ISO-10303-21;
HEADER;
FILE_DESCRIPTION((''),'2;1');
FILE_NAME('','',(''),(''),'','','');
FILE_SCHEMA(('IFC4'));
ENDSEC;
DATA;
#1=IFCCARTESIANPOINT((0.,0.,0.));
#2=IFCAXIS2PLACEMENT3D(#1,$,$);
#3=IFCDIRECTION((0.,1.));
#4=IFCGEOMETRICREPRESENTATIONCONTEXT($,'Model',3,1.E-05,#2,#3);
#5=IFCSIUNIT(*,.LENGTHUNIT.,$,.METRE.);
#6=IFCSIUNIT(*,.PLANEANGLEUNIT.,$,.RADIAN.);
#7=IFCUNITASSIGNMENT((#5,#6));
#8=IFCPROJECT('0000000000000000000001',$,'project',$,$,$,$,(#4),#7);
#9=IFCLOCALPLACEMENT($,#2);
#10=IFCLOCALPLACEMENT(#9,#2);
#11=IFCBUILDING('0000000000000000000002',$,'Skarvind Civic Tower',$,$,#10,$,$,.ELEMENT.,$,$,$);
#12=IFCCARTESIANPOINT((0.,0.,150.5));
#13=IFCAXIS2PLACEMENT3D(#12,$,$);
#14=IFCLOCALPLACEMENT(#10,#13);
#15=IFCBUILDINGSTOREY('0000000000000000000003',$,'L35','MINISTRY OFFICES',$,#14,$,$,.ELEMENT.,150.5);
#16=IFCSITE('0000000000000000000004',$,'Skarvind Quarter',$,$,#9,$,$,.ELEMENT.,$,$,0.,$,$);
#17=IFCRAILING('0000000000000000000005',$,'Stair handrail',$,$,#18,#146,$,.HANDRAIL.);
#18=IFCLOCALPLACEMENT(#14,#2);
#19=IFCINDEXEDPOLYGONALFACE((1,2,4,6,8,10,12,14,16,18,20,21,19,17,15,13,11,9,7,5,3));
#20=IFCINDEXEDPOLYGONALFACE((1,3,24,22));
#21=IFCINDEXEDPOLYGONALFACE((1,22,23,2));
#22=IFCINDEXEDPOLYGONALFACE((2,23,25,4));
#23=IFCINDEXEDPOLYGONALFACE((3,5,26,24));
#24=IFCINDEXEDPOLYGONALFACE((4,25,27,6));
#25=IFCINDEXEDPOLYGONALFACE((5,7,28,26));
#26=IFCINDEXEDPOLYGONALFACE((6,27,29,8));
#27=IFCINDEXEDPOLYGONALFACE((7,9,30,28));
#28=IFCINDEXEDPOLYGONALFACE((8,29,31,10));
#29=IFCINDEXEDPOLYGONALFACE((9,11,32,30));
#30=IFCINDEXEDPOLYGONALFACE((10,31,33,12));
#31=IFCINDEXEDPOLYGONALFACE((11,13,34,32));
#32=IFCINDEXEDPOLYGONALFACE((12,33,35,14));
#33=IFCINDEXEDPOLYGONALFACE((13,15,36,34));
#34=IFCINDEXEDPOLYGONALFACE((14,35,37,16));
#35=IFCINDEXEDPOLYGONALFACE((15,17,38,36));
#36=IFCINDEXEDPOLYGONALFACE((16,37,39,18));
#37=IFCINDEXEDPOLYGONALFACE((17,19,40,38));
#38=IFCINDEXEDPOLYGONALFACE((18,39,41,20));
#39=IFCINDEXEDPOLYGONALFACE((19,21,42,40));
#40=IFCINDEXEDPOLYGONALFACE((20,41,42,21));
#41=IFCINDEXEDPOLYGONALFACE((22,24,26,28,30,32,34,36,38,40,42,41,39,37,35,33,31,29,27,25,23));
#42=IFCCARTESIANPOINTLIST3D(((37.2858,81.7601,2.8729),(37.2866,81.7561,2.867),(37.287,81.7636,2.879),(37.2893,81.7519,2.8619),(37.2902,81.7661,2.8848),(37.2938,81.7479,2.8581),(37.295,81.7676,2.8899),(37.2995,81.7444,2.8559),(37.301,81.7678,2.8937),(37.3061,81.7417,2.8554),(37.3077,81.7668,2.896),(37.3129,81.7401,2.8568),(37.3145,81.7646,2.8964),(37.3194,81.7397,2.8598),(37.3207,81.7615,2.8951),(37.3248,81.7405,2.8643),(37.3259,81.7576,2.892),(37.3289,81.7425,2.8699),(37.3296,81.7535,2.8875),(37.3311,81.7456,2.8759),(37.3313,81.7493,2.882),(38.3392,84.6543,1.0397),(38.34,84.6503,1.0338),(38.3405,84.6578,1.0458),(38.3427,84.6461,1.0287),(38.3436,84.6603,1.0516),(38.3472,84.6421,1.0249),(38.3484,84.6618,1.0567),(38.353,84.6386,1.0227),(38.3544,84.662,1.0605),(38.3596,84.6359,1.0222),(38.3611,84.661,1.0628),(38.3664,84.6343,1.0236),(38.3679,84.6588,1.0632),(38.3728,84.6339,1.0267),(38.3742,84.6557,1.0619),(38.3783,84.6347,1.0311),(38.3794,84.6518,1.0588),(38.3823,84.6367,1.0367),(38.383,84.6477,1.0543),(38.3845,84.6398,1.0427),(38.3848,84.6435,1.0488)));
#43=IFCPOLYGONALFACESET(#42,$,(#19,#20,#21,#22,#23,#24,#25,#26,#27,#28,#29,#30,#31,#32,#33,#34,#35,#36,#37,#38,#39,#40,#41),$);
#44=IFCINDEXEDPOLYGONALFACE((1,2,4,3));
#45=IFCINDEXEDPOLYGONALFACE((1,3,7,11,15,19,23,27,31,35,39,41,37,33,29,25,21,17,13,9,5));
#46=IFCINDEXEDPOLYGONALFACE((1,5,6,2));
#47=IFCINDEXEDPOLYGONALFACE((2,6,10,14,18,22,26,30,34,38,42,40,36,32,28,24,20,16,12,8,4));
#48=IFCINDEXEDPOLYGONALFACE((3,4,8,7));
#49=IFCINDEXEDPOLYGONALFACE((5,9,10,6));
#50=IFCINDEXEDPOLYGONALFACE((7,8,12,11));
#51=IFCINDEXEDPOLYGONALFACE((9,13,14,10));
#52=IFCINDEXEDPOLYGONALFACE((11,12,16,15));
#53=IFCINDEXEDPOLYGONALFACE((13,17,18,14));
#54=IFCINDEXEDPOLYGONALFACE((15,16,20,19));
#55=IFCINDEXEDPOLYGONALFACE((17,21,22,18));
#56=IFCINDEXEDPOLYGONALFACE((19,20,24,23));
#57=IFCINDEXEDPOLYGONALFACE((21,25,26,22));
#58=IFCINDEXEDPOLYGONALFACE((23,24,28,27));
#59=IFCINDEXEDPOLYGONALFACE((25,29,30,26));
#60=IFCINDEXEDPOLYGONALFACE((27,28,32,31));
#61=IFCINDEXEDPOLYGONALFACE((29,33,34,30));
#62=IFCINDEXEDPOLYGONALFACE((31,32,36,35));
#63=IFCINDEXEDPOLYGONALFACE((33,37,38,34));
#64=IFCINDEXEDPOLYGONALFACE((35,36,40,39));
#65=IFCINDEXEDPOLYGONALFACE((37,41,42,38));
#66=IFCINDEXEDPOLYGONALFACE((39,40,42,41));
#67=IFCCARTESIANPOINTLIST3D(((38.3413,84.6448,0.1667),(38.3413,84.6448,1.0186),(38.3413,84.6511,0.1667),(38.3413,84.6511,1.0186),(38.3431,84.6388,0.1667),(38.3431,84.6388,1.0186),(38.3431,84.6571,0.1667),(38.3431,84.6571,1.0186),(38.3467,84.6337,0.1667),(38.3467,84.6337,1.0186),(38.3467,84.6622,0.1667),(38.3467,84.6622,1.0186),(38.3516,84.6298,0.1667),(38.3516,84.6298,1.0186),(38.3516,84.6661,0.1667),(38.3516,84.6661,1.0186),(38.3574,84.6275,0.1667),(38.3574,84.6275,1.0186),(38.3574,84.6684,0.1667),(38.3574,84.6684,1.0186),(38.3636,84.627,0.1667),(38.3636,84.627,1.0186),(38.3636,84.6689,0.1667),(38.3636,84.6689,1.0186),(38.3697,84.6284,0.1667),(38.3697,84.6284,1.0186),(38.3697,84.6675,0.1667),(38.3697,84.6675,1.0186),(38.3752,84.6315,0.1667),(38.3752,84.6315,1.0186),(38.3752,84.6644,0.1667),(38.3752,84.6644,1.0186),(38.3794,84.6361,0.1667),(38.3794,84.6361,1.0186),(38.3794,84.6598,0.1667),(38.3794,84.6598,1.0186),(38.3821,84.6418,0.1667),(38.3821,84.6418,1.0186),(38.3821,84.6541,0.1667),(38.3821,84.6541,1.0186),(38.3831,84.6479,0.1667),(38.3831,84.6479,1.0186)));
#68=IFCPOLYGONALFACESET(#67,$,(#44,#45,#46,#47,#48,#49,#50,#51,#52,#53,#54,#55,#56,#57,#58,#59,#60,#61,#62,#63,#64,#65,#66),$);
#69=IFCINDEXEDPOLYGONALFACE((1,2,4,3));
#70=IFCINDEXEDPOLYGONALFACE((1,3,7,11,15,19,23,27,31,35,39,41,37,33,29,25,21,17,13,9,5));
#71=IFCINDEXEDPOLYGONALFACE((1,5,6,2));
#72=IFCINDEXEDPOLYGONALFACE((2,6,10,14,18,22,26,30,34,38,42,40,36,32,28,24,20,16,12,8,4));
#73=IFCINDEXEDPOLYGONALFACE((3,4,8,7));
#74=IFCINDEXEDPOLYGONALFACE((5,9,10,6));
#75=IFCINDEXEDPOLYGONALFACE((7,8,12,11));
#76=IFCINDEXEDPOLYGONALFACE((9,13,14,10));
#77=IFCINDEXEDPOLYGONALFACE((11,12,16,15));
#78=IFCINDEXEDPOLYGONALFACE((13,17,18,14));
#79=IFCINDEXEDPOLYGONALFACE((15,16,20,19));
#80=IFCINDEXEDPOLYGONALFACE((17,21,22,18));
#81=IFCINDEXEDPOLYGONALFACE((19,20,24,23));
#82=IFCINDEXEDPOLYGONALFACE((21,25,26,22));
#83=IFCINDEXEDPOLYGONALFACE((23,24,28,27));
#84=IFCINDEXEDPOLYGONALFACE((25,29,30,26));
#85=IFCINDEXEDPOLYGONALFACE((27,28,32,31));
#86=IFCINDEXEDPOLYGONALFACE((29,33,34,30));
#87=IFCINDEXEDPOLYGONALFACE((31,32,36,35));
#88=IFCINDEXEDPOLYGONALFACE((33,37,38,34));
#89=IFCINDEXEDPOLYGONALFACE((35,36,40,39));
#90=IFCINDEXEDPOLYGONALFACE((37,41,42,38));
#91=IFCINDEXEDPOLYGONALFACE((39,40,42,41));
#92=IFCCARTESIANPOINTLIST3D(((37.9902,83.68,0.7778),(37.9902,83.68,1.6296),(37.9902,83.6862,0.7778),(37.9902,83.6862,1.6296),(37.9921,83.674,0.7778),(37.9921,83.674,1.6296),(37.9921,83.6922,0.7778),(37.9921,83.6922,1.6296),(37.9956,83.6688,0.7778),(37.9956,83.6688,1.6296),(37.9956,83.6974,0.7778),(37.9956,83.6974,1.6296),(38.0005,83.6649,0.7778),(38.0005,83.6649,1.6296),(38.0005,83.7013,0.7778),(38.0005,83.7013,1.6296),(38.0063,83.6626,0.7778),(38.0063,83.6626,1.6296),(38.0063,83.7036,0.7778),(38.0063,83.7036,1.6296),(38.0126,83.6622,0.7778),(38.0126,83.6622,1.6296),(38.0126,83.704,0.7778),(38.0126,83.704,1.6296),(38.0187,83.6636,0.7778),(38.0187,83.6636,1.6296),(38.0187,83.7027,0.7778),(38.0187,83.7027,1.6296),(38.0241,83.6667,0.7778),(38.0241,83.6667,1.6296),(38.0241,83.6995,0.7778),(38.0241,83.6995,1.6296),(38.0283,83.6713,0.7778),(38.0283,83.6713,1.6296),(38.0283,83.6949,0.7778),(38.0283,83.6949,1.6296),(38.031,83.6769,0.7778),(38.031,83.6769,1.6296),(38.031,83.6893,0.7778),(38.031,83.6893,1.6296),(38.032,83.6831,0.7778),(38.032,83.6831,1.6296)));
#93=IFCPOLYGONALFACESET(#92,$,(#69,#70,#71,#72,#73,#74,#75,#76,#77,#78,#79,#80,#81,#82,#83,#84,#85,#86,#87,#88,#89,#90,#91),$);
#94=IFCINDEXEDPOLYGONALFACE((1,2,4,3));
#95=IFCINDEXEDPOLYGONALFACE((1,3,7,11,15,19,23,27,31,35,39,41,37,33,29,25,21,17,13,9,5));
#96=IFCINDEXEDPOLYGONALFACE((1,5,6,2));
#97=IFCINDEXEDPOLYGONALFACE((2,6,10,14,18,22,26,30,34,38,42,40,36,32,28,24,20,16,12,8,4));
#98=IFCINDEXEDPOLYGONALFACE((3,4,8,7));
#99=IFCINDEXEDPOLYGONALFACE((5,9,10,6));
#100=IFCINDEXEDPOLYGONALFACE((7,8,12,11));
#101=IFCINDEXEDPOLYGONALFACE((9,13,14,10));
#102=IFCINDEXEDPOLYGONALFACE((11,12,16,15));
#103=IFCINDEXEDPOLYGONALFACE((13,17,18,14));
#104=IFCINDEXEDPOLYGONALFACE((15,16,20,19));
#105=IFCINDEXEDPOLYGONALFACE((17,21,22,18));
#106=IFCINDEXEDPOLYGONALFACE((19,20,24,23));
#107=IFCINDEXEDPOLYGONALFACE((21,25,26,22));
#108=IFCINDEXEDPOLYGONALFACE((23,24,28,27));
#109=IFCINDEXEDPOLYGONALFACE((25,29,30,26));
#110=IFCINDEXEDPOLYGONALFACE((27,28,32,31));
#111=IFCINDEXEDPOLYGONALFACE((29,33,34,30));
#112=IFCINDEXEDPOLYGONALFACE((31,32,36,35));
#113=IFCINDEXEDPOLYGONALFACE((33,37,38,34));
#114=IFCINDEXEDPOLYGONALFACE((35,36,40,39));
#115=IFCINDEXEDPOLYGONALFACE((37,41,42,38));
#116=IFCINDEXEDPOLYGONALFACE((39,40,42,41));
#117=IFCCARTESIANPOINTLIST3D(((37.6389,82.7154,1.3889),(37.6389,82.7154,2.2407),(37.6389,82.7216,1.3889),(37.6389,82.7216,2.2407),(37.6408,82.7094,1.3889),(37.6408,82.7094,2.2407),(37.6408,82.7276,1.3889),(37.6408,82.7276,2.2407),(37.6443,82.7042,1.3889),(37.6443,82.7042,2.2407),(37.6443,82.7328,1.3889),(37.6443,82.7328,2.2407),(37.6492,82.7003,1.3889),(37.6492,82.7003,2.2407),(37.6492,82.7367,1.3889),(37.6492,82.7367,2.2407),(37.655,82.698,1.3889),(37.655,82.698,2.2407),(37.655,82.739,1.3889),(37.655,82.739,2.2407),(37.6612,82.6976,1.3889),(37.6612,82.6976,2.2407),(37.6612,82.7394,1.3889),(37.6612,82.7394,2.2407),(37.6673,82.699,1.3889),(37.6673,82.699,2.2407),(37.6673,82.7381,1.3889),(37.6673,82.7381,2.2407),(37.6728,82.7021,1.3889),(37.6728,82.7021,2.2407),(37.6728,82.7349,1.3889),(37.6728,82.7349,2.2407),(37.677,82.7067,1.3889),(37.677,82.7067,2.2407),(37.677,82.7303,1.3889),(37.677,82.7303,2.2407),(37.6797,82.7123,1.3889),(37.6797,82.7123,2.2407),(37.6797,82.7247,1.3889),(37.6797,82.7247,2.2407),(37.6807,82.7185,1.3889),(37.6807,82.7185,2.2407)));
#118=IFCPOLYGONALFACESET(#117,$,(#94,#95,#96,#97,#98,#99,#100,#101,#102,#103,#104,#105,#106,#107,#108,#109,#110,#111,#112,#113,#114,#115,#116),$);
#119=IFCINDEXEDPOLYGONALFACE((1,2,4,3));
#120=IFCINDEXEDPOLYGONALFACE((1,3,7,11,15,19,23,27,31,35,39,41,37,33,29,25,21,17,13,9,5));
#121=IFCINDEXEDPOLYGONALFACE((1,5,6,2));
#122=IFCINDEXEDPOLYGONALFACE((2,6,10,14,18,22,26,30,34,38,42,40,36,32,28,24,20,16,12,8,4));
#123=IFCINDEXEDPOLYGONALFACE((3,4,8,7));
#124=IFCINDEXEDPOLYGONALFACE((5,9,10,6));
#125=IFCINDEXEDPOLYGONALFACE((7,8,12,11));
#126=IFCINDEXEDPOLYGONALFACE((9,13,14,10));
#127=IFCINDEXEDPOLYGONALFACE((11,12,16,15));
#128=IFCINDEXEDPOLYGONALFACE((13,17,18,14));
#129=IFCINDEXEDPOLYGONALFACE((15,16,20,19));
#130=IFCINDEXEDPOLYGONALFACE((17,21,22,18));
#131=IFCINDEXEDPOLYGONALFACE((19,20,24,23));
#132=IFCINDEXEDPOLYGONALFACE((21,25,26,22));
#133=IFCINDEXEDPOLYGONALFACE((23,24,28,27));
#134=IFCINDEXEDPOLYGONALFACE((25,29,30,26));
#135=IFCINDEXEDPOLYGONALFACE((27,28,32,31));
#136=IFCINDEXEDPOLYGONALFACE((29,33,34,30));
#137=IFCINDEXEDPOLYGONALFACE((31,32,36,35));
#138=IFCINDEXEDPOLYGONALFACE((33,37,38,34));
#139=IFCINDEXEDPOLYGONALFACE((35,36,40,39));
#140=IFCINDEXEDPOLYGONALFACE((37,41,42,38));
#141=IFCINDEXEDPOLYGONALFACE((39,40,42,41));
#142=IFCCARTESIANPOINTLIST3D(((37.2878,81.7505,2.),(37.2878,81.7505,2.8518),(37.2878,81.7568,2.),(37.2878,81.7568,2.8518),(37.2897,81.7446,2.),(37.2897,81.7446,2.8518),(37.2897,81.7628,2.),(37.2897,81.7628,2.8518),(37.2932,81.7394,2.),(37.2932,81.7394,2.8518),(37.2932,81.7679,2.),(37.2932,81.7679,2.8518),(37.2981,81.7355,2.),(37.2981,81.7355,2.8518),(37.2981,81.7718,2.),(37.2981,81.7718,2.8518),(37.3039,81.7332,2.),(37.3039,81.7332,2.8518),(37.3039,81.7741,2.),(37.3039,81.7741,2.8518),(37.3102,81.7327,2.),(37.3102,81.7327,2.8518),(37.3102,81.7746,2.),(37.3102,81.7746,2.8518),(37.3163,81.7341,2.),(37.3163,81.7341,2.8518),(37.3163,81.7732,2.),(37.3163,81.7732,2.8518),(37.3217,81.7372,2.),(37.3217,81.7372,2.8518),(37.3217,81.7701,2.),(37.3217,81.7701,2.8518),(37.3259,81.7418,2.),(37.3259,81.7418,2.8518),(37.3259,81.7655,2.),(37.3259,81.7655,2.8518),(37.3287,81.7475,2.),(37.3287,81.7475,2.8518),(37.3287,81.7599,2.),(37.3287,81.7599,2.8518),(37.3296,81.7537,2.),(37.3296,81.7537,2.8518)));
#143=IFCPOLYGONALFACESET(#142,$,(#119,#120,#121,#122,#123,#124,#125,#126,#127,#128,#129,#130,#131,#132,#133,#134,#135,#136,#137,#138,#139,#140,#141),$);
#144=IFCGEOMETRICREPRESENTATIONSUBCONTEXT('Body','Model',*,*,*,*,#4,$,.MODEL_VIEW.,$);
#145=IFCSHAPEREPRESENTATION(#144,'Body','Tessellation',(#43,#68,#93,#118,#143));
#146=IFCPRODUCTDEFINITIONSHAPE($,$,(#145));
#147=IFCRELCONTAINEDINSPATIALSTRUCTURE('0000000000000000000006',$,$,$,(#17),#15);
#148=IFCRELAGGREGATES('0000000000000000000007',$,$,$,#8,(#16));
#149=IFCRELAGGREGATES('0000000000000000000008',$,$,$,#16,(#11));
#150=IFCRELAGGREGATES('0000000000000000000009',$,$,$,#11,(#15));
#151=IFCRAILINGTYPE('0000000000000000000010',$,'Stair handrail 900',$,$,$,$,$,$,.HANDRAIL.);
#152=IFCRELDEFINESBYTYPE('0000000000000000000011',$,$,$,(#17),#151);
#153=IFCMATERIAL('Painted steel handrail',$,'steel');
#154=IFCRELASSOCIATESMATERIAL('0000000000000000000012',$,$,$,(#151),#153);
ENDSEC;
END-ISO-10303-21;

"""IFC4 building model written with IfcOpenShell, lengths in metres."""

from ifc_helpers import new_model, si_unit, direction, frame, origin, origin_2d, place, context, subcontext, project, spatial, circle, extrude, material, type_object, element, save


model = new_model("IFC4")

# Units and contexts
model_context = context("Model", 3, precision=1e-05, world=origin(), true_north=direction((0.0, 1.0)))
body_context = subcontext(model_context, "Body", "Model", "MODEL_VIEW")
ifc_project = project(units=[si_unit("LENGTHUNIT", "METRE"), si_unit("PLANEANGLEUNIT", "RADIAN")], contexts=[model_context])

# Site, building, storey
site_placement = place(None, origin())
site = spatial("IfcSite", under=ifc_project, at=site_placement, Name="Skarvind Quarter", CompositionType="ELEMENT", RefElevation=0.0)
building_placement = place(site_placement, origin())
building = spatial("IfcBuilding", under=site, at=building_placement, Name="Skarvind Civic Tower", CompositionType="ELEMENT")
storey_placement = place(building_placement, frame((0.0, 0.0, 150.5)))
storey = spatial("IfcBuildingStorey", under=building, at=storey_placement, Name="L35", Description="MINISTRY OFFICES", CompositionType="ELEMENT", Elevation=150.5)

# Railing
ifc_material_1 = material(Name="Painted steel handrail", Category="steel")
railing_type = type_object("IfcRailingType", Name="Stair handrail 900", PredefinedType="HANDRAIL", material=ifc_material_1)
railing_1_placement = place(storey_placement, frame((38.3621, 84.6479, 0.1667)))
element("IfcRailing", 1, at=railing_1_placement, inside=storey, type_object=railing_type, Name="Stair handrail", PredefinedType="HANDRAIL", context=body_context, shape_type="SweptSolid", body=[
    extrude(circle(Radius=0.0239, at=origin_2d()), frame((0.0, 0.0, 0.876), z_axis=(-0.293908, -0.807481, 0.511461), x_axis=(0.939689, -0.342029, 0.0)), (0.0, 0.0, 1.0), 3.5842),
    extrude(circle(Radius=0.021, at=origin_2d()), origin(), (0.0, 0.0, 1.0), 0.8518),
    extrude(circle(Radius=0.021, at=origin_2d()), frame((-0.3511, -0.9648, 0.6111)), (0.0, 0.0, 1.0), 0.8518),
    extrude(circle(Radius=0.021, at=origin_2d()), frame((-0.7024, -1.9294, 1.2222)), (0.0, 0.0, 1.0), 0.8518),
    extrude(circle(Radius=0.021, at=origin_2d()), frame((-1.0535, -2.8943, 1.8333)), (0.0, 0.0, 1.0), 0.8518),
])

save(model, "model.ifc")
